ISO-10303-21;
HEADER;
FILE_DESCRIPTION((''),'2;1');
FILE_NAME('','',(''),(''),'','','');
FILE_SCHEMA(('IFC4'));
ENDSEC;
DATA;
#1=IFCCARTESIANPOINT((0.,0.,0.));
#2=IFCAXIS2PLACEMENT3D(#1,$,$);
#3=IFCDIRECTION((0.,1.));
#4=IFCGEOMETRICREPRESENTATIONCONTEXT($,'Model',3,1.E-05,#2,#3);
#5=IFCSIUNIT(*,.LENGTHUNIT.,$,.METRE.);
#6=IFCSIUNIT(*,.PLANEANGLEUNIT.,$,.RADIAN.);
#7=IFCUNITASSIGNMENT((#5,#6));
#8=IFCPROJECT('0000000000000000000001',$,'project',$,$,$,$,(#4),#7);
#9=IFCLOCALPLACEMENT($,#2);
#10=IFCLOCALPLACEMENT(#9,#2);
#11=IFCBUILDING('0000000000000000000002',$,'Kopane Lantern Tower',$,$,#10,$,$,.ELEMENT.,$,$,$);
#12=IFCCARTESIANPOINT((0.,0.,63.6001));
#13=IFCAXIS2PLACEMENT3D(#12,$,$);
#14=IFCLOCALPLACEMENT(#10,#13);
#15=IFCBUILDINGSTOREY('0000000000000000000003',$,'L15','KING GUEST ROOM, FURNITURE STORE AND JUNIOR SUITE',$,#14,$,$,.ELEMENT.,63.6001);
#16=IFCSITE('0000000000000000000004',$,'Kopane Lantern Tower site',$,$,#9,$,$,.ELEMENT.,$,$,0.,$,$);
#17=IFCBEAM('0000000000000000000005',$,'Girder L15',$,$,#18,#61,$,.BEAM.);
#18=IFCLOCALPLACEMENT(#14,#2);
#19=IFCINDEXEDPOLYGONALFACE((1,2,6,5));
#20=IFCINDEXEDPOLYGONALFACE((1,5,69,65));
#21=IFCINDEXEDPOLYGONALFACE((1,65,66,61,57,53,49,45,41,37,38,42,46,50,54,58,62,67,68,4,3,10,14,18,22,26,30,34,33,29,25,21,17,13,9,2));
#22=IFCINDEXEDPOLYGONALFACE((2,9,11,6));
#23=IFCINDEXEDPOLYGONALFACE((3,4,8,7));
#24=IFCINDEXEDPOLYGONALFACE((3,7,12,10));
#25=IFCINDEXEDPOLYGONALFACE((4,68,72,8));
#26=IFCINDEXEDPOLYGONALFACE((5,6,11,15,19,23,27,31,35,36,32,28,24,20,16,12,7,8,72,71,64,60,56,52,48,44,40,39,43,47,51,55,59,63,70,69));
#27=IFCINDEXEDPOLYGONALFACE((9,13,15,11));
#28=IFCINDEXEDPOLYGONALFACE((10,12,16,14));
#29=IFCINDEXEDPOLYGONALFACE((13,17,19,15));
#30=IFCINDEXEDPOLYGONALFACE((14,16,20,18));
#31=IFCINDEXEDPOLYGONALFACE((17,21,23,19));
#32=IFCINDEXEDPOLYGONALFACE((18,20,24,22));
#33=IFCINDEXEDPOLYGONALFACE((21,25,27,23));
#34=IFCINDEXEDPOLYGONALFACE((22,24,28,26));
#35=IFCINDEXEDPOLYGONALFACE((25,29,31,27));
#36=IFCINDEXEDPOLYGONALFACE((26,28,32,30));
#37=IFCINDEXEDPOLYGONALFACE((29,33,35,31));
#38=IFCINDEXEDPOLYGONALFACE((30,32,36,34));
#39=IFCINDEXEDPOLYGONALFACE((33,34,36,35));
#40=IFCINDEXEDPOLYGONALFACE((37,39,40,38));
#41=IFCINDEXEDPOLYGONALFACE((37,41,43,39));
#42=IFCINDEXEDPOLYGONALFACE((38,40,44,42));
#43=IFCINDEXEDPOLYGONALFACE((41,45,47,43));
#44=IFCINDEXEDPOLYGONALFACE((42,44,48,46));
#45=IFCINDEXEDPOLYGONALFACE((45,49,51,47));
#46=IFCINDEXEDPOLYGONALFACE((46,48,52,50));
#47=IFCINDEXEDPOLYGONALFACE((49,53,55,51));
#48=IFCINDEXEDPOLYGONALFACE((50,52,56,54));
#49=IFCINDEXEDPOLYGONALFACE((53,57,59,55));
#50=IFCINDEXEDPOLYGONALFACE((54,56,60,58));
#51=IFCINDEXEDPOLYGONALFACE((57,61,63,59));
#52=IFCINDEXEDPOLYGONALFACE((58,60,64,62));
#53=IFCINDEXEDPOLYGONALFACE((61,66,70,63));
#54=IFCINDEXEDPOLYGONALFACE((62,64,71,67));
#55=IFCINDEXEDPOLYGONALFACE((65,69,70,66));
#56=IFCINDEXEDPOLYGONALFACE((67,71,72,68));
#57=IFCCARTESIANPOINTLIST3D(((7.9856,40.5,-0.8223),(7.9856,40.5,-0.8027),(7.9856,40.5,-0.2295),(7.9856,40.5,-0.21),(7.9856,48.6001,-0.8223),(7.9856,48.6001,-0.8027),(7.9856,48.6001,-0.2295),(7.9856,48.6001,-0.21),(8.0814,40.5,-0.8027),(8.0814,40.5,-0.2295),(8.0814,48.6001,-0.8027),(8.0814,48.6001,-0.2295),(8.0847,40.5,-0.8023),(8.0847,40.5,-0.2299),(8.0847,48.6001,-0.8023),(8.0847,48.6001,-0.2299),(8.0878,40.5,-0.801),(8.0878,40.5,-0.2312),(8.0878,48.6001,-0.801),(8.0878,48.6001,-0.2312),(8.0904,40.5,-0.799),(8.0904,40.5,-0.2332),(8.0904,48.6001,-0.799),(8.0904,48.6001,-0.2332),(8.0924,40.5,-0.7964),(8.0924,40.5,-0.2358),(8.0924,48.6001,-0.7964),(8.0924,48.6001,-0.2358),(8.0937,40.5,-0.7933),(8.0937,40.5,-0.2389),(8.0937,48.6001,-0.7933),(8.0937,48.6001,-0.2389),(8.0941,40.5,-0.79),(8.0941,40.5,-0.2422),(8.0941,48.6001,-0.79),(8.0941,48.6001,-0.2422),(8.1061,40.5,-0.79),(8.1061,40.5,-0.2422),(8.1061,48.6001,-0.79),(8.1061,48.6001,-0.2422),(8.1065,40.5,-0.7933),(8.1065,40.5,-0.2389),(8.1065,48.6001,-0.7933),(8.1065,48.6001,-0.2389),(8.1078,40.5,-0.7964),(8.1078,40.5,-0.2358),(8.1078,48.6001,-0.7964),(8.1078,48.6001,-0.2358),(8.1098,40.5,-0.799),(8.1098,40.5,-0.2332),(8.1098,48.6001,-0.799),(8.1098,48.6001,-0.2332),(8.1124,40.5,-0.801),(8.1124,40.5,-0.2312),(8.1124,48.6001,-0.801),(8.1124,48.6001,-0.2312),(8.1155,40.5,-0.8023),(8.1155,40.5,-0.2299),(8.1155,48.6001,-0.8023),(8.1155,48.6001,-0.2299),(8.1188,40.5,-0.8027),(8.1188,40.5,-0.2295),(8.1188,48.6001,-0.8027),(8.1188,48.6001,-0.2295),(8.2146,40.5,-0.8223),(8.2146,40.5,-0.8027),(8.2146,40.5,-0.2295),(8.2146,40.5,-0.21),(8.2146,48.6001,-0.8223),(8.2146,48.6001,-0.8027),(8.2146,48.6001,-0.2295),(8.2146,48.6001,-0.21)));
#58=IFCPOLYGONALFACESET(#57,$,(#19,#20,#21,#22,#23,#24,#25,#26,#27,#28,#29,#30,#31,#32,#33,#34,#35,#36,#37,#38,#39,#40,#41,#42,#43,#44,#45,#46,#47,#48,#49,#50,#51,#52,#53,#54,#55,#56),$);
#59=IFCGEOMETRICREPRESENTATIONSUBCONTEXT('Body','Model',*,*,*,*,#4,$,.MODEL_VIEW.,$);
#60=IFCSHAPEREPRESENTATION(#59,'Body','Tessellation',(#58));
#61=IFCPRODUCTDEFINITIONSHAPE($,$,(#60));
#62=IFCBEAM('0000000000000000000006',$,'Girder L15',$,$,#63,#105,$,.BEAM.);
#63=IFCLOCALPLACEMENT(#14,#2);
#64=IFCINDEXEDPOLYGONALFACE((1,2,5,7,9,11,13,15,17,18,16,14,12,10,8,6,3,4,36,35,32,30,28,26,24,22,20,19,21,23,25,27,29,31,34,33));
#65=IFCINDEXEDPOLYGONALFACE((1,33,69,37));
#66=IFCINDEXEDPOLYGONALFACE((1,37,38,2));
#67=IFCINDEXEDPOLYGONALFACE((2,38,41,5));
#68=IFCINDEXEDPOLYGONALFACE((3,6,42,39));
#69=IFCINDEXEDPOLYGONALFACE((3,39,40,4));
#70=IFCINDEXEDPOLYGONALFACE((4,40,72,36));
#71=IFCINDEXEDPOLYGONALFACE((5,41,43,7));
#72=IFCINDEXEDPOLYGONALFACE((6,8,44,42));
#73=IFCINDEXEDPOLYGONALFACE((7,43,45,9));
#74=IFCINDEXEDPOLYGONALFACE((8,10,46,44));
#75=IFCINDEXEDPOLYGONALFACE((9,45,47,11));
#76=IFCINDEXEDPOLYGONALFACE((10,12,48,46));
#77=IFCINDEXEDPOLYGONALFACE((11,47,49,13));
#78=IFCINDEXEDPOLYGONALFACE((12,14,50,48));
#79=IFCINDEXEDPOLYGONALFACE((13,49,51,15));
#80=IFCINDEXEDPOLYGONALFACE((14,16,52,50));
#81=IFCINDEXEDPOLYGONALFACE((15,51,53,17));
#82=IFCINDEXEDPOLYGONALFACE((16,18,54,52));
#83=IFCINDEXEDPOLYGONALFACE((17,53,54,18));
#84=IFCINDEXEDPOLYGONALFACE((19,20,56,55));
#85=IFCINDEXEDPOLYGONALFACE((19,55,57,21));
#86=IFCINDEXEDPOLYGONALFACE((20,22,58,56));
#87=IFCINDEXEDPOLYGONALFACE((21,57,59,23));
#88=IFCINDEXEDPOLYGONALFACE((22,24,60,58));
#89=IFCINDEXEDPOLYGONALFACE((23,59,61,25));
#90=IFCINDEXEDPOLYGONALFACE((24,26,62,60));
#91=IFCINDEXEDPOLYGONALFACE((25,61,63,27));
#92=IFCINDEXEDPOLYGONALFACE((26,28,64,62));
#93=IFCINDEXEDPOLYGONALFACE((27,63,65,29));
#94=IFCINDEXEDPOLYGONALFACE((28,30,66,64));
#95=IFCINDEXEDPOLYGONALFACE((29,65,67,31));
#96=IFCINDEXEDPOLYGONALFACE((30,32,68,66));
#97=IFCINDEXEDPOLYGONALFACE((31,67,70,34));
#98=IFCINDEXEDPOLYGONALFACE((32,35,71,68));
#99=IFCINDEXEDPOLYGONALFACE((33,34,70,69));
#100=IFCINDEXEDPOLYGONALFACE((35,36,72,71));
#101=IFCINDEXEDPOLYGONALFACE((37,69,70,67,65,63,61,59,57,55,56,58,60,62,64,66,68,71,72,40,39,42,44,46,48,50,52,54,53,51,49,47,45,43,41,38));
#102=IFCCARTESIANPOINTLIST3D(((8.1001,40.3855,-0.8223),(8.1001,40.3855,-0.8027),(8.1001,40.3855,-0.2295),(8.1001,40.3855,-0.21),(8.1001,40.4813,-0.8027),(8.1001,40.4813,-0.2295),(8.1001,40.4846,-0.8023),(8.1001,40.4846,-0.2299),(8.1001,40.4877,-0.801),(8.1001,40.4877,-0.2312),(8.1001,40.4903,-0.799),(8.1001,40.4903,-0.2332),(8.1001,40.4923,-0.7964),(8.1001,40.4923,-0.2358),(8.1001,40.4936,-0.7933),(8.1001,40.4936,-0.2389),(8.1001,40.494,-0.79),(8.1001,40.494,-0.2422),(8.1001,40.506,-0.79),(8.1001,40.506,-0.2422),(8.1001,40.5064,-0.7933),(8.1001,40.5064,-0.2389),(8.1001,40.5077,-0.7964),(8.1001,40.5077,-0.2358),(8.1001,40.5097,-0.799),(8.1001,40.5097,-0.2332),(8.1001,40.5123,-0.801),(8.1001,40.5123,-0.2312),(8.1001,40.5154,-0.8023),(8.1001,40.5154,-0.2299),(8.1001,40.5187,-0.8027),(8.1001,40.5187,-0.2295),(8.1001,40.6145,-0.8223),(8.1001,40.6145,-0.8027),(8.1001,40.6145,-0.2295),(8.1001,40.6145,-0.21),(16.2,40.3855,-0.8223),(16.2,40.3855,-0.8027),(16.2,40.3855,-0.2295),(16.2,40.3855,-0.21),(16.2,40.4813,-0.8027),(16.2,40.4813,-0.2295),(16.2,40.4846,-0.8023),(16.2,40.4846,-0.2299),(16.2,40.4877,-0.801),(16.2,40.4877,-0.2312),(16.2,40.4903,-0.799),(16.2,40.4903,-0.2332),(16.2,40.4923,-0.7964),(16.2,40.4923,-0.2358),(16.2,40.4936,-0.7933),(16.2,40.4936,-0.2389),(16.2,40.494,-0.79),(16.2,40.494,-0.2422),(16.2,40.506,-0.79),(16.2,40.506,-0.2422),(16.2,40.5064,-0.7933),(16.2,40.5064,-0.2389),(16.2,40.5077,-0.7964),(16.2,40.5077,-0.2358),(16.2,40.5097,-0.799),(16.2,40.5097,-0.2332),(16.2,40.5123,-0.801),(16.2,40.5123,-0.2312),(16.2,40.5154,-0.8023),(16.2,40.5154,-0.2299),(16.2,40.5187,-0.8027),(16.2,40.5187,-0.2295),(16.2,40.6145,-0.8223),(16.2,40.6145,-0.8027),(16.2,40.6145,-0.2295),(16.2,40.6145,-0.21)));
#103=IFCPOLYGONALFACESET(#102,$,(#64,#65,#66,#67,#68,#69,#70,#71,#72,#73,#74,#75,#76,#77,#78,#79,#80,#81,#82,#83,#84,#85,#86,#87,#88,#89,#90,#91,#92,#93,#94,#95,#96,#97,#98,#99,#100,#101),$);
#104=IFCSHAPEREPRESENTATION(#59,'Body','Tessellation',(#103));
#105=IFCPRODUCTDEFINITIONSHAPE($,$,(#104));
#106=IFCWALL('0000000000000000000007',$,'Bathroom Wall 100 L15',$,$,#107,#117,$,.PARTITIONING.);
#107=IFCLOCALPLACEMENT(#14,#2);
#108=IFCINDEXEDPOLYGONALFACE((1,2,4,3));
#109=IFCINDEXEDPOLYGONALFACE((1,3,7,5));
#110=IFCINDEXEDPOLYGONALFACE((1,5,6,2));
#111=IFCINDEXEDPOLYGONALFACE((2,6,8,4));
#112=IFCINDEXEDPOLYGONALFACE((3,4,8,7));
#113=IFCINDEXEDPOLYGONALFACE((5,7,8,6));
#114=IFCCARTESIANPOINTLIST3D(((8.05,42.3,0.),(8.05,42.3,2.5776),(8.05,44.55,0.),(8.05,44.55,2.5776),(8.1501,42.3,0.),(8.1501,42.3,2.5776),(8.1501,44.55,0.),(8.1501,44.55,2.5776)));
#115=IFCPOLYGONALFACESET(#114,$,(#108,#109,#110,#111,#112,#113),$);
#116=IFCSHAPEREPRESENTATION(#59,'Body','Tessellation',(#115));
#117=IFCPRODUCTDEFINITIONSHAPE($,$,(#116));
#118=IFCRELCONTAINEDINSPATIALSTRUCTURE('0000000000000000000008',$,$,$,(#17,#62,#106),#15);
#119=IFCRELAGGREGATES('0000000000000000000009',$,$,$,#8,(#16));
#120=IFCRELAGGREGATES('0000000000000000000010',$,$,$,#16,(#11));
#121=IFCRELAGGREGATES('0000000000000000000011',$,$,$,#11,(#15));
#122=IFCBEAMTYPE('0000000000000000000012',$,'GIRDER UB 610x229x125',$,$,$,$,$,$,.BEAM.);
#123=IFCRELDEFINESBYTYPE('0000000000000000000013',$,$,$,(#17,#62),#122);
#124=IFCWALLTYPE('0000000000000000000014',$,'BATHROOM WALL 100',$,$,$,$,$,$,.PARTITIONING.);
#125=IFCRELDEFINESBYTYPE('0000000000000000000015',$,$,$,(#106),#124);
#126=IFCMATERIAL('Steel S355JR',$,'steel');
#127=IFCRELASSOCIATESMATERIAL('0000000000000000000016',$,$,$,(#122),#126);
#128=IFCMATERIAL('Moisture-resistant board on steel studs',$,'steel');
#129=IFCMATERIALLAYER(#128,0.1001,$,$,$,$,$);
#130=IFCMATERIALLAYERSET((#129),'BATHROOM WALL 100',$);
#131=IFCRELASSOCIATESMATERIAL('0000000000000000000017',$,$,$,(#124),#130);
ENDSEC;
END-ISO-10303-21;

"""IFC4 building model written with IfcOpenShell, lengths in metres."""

from ifc_helpers import new_model, si_unit, direction, frame, frame_2d, origin, origin_2d, place, context, subcontext, project, spatial, rectangle, i_section, extrude, material, layer, layer_set, material_profile, profile_set, type_object, element, save


model = new_model("IFC4")

# Units and contexts
model_context = context("Model", 3, precision=1e-05, world=origin(), true_north=direction((0.0, 1.0)))
body_context = subcontext(model_context, "Body", "Model", "MODEL_VIEW")
ifc_project = project(units=[si_unit("LENGTHUNIT", "METRE"), si_unit("PLANEANGLEUNIT", "RADIAN")], contexts=[model_context])

# Site, building, storey
site_placement = place(None, origin())
site = spatial("IfcSite", under=ifc_project, at=site_placement, Name="Kopane Lantern Tower site", CompositionType="ELEMENT", RefElevation=0.0)
building_placement = place(site_placement, origin())
building = spatial("IfcBuilding", under=site, at=building_placement, Name="Kopane Lantern Tower", CompositionType="ELEMENT")
storey_placement = place(building_placement, frame((0.0, 0.0, 63.6001)))
storey = spatial("IfcBuildingStorey", under=building, at=storey_placement, Name="L15", Description="KING GUEST ROOM, FURNITURE STORE AND JUNIOR SUITE", CompositionType="ELEMENT", Elevation=63.6001)

# Beams
ifc_material_1 = material(Name="Steel S355JR", Category="steel")
ifc_material_profile_1 = material_profile(ifc_material_1, i_section(OverallWidth=0.229, OverallDepth=0.6123, WebThickness=0.012, FlangeThickness=0.0195, FilletRadius=0.0127, at=origin_2d()), Name="UB 610x229x125")
ifc_profile_set_1 = profile_set([ifc_material_profile_1], Name="Steel S355JR")
beam_type_1 = type_object("IfcBeamType", Name="GIRDER UB 610x229x125", PredefinedType="BEAM", material=ifc_profile_set_1)
beam_1_placement = place(storey_placement, frame((8.1001, 40.5, -0.5161), z_axis=(0.0, 1.0, 0.0), x_axis=(-1.0, 0.0, 0.0)))
element("IfcBeam", 1, at=beam_1_placement, inside=storey, type_object=beam_type_1, Name="Girder L15", PredefinedType="BEAM", context=body_context, shape_type="SweptSolid", body=[
    extrude(i_section(OverallWidth=0.229, OverallDepth=0.6123, WebThickness=0.012, FlangeThickness=0.0195, FilletRadius=0.0127, at=origin_2d()), origin(), (0.0, 0.0, 1.0), 8.1001),
])
beam_2_placement = place(storey_placement, frame((8.1001, 40.5, -0.5161), z_axis=(1.0, 0.0, 0.0), x_axis=(0.0, 1.0, 0.0)))
element("IfcBeam", 2, at=beam_2_placement, inside=storey, type_object=beam_type_1, Name="Girder L15", PredefinedType="BEAM", context=body_context, shape_type="SweptSolid", body=[
    extrude(i_section(OverallWidth=0.229, OverallDepth=0.6123, WebThickness=0.012, FlangeThickness=0.0195, FilletRadius=0.0127, at=origin_2d()), origin(), (0.0, 0.0, 1.0), 8.0999),
])

# Wall
ifc_material_2 = material(Name="Moisture-resistant board on steel studs", Category="steel")
ifc_layer_1 = layer(ifc_material_2, 0.1001)
ifc_layer_set_1 = layer_set([ifc_layer_1], Name="BATHROOM WALL 100")
wall_type_1 = type_object("IfcWallType", Name="BATHROOM WALL 100", PredefinedType="PARTITIONING", material=ifc_layer_set_1)
wall_1_placement = place(storey_placement, frame((8.1001, 42.3, 0.0), z_axis=(0.0, 0.0, 1.0), x_axis=(0.0, 1.0, 0.0)))
element("IfcWall", 3, at=wall_1_placement, inside=storey, type_object=wall_type_1, Name="Bathroom Wall 100 L15", PredefinedType="PARTITIONING", context=body_context, shape_type="SweptSolid", body=[
    extrude(rectangle(XDim=2.25, YDim=0.1001, at=frame_2d((1.125, 0.0))), origin(), (0.0, 0.0, 1.0), 2.5776),
])

save(model, "model.ifc")
